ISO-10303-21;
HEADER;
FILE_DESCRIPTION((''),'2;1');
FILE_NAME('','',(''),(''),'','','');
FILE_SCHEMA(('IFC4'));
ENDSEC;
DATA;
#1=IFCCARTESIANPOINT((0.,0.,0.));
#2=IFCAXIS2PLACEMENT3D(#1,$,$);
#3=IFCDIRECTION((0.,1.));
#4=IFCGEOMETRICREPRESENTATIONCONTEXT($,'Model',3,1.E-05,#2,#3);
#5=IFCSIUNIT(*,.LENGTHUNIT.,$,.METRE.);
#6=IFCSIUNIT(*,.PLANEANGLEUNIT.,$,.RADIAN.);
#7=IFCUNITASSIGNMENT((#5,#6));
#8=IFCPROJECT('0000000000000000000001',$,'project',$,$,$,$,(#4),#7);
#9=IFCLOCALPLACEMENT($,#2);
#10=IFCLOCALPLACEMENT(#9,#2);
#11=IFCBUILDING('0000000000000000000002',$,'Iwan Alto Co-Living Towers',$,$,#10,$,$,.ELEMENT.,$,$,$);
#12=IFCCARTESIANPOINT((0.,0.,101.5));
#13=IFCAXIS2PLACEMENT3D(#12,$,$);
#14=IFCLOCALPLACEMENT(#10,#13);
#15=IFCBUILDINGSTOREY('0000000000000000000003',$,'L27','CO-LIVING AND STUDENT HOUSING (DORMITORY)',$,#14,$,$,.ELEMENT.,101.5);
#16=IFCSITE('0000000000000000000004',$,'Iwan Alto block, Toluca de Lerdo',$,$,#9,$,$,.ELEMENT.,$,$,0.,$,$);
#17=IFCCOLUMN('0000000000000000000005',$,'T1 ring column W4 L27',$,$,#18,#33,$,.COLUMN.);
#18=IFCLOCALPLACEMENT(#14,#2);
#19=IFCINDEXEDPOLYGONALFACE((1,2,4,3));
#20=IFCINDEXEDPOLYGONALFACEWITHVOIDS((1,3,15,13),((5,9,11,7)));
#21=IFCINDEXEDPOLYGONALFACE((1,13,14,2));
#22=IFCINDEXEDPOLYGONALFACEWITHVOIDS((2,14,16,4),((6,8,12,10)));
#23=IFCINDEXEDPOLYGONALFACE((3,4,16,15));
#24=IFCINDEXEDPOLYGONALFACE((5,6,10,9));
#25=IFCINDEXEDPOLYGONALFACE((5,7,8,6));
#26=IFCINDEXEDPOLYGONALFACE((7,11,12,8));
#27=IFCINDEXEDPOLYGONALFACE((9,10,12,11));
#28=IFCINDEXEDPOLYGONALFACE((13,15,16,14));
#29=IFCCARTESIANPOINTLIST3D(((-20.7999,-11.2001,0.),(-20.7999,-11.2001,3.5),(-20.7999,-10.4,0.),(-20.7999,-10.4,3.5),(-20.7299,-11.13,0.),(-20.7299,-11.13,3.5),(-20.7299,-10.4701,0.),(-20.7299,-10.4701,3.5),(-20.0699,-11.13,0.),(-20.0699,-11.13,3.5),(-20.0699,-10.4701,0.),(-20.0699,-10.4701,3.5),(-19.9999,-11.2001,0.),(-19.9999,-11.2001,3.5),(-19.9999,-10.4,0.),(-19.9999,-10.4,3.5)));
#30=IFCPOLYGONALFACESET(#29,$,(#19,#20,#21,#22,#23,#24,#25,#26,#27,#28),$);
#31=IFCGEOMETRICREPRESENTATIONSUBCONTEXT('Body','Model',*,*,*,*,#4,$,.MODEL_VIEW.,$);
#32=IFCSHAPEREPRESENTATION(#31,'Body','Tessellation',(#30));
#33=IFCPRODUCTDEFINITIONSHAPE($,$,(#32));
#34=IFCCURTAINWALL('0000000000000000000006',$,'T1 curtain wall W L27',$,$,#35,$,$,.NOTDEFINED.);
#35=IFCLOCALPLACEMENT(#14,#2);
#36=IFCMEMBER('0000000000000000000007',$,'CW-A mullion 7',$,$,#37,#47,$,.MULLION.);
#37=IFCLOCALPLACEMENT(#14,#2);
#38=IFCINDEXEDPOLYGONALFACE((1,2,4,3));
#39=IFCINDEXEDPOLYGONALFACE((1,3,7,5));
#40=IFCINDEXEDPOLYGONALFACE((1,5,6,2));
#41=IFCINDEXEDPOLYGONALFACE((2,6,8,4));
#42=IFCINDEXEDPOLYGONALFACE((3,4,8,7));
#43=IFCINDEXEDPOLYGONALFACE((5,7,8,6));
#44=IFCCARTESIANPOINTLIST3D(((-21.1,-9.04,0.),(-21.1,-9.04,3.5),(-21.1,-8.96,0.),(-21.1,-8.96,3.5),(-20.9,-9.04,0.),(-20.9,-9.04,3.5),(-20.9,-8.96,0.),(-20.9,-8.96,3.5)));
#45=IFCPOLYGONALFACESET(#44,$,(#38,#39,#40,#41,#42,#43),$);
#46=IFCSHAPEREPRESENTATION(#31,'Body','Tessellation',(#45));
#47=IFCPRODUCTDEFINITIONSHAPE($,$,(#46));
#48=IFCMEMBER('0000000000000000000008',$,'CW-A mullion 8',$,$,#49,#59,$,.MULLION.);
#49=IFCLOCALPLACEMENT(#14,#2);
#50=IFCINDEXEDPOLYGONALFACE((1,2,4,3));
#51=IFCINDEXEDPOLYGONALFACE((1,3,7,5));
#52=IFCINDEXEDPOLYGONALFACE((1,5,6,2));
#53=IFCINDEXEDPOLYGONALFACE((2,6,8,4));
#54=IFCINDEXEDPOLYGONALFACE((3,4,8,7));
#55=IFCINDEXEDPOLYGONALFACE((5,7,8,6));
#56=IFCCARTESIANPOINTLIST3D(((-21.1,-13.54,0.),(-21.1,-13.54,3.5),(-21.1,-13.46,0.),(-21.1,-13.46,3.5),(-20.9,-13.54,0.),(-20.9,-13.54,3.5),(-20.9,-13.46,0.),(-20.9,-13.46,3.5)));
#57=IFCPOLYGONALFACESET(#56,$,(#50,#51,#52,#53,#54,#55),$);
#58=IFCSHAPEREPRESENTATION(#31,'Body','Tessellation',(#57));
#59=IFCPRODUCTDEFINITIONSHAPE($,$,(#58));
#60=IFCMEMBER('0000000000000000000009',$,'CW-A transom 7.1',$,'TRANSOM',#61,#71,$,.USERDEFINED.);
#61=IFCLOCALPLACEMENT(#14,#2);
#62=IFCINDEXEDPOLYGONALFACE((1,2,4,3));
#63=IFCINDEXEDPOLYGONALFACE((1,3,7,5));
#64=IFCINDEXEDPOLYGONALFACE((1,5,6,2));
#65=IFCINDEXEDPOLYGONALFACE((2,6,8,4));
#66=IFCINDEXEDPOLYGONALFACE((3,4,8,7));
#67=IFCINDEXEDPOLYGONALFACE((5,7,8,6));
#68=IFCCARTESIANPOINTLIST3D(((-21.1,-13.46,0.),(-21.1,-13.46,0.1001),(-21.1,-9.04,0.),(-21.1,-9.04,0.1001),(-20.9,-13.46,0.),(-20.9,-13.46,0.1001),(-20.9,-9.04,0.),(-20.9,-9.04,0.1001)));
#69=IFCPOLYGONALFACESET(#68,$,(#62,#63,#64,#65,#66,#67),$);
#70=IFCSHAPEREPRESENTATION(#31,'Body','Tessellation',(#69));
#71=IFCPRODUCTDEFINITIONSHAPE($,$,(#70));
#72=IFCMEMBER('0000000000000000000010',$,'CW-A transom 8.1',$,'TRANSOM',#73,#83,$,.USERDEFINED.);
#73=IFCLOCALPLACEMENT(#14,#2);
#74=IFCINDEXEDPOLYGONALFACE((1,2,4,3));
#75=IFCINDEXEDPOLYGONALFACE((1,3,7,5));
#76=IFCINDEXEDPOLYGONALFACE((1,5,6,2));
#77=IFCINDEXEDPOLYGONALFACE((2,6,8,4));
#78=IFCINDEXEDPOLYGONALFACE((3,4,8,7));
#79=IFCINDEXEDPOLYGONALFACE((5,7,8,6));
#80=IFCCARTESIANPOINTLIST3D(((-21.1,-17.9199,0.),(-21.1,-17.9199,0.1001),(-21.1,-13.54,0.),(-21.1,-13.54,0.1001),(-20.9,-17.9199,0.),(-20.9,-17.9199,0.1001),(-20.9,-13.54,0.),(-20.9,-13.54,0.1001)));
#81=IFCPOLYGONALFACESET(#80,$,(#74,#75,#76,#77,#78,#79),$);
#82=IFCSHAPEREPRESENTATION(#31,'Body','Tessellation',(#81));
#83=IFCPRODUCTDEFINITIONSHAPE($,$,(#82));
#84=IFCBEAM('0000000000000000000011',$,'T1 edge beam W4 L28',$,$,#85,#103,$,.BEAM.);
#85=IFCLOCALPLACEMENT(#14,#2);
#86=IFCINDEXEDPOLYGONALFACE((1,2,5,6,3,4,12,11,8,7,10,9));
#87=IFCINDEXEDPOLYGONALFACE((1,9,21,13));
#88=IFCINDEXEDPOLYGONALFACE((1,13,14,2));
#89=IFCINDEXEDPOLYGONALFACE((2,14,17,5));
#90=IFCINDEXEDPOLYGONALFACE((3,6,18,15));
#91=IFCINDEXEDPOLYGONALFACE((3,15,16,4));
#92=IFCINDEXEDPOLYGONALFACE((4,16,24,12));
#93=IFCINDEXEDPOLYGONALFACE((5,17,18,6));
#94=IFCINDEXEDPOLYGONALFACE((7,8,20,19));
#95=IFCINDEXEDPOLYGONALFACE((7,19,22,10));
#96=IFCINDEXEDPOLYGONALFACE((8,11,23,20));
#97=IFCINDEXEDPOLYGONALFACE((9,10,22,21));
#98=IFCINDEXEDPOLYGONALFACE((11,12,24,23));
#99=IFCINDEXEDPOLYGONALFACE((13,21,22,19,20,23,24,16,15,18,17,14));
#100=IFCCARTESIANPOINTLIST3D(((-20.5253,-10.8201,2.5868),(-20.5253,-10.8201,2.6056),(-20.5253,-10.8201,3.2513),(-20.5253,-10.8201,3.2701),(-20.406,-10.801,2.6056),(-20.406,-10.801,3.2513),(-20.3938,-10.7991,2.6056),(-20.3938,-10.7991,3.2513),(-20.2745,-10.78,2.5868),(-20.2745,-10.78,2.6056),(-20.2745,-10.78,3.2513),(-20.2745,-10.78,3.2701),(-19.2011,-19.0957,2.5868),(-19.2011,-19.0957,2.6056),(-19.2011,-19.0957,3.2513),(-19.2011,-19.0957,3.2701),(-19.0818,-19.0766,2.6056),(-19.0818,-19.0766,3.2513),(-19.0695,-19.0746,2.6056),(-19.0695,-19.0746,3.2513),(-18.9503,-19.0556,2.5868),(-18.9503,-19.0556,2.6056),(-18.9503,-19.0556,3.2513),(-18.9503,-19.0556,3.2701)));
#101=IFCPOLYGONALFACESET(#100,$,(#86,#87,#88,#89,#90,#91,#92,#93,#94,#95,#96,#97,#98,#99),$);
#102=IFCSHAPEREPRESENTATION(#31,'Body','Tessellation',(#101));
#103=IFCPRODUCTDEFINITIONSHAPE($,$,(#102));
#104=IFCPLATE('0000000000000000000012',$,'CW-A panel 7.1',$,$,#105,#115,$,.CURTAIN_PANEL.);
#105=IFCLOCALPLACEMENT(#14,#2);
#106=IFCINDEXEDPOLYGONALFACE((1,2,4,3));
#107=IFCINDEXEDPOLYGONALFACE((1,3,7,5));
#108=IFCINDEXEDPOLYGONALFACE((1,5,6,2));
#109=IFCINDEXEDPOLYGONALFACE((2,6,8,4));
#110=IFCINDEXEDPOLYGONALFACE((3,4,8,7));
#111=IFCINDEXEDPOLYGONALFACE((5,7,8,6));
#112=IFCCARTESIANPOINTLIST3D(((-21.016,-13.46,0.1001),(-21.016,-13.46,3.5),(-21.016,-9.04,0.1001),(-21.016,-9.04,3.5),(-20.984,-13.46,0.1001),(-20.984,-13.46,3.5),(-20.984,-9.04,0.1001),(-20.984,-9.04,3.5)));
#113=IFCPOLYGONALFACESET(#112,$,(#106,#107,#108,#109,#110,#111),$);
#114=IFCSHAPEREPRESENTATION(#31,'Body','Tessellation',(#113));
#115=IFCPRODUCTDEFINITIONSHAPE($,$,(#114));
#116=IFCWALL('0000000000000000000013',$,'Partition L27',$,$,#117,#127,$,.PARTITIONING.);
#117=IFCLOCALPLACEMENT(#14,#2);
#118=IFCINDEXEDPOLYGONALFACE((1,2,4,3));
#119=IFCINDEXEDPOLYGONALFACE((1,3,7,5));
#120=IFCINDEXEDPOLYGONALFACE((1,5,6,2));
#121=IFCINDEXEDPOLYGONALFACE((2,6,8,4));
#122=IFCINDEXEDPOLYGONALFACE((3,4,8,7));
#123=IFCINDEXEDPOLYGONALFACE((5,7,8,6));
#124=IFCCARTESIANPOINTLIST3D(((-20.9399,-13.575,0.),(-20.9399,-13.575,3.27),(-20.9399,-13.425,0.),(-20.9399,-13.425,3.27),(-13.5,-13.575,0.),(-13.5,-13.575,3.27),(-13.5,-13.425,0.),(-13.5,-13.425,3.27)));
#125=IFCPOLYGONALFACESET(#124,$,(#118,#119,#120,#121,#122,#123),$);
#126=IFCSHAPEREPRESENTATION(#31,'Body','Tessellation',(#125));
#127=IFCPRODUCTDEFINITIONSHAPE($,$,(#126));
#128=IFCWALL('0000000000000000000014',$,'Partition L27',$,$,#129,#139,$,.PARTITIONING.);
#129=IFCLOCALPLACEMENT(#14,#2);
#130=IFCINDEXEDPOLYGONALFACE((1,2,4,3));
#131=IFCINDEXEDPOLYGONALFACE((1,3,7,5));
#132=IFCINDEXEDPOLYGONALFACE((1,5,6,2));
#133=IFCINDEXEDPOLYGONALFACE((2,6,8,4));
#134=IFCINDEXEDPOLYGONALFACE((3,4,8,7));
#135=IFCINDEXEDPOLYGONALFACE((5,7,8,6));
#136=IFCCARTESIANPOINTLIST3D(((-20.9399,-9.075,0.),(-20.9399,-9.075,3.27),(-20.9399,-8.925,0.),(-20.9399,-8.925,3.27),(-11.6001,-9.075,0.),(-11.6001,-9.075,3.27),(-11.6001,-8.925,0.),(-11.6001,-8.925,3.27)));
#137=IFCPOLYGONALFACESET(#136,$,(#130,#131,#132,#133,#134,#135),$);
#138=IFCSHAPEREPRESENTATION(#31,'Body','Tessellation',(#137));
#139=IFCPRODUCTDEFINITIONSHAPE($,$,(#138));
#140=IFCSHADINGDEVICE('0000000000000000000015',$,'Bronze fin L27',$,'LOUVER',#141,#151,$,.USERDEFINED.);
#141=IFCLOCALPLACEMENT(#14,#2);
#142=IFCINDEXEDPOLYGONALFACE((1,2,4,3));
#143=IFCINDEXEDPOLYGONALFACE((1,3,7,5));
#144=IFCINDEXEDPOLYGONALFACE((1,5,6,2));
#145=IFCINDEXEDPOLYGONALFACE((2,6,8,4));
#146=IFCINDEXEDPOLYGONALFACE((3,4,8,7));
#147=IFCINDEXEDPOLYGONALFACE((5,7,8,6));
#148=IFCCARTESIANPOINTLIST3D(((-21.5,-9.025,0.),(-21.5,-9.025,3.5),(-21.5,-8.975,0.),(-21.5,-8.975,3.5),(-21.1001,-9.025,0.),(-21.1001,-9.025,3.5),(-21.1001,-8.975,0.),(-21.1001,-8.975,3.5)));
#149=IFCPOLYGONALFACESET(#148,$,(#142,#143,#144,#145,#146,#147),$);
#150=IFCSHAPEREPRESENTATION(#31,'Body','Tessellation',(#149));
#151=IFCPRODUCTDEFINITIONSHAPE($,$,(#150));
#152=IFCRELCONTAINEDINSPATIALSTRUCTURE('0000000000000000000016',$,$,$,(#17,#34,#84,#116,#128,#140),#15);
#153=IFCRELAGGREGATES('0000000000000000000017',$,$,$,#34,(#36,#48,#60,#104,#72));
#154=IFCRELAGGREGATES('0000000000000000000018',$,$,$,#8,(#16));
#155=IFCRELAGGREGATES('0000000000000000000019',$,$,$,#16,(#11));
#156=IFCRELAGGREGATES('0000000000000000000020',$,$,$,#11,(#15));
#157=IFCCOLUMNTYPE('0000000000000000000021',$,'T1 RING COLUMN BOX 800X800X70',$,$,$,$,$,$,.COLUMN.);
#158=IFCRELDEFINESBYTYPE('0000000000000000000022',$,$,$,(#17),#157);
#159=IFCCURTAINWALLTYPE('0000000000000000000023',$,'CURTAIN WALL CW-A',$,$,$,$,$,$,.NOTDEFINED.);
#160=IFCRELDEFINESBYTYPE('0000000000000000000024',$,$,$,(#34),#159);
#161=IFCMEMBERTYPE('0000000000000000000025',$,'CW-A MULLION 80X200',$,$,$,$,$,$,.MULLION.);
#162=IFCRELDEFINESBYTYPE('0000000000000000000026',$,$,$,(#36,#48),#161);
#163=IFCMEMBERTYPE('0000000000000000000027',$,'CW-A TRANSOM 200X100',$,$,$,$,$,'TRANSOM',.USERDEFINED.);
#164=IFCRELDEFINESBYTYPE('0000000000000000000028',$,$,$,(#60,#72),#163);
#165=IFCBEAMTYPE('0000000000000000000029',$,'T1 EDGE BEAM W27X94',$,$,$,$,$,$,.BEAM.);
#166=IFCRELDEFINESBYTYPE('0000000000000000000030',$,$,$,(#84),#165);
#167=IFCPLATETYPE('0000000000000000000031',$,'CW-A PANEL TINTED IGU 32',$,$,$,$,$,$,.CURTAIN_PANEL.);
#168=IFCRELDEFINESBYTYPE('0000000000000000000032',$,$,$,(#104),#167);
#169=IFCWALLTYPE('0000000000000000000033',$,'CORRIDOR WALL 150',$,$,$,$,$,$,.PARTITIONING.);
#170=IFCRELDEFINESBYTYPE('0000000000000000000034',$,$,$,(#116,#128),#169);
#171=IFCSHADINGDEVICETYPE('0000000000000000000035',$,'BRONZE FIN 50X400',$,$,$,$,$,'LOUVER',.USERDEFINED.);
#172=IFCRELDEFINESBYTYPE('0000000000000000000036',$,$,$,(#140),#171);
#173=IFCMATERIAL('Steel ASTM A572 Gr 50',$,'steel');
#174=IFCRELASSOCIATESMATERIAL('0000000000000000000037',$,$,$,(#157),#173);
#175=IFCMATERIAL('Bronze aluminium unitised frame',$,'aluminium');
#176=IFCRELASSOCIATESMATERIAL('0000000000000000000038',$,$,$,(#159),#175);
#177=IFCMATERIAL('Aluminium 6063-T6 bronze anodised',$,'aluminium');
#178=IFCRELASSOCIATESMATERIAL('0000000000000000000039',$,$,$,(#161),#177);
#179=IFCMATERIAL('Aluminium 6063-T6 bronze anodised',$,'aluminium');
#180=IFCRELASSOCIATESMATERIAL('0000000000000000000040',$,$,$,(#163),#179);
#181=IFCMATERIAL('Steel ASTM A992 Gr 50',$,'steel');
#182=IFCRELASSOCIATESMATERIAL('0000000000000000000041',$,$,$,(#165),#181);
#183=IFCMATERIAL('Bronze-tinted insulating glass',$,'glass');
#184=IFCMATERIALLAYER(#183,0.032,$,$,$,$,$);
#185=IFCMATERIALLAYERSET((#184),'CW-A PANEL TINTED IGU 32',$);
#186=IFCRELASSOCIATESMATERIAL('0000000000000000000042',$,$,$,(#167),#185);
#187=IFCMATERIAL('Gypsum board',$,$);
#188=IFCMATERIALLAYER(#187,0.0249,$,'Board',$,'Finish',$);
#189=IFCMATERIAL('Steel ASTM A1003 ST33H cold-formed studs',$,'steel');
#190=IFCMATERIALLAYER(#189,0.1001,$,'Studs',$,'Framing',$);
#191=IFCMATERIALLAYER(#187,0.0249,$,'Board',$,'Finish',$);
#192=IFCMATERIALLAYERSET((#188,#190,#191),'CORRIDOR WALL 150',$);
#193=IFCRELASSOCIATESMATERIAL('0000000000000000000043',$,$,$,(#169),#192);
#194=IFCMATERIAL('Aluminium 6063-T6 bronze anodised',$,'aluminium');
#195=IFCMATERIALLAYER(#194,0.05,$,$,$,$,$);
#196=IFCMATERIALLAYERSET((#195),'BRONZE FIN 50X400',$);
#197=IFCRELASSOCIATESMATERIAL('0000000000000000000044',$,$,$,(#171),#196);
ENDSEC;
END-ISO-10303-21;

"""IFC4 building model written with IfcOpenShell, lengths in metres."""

from ifc_helpers import new_model, si_unit, direction, frame, frame_2d, origin, origin_2d, place, context, subcontext, project, spatial, rectangle, hollow_rectangle, i_section, extrude, material, layer, layer_set, material_profile, profile_set, type_object, element, aggregate, save


model = new_model("IFC4")

# Units and contexts
model_context = context("Model", 3, precision=1e-05, world=origin(), true_north=direction((0.0, 1.0)))
body_context = subcontext(model_context, "Body", "Model", "MODEL_VIEW")
ifc_project = project(units=[si_unit("LENGTHUNIT", "METRE"), si_unit("PLANEANGLEUNIT", "RADIAN")], contexts=[model_context])

# Site, building, storey
site_placement = place(None, origin())
site = spatial("IfcSite", under=ifc_project, at=site_placement, Name="Iwan Alto block, Toluca de Lerdo", CompositionType="ELEMENT", RefElevation=0.0)
building_placement = place(site_placement, origin())
building = spatial("IfcBuilding", under=site, at=building_placement, Name="Iwan Alto Co-Living Towers", CompositionType="ELEMENT")
storey_placement = place(building_placement, frame((0.0, 0.0, 101.5)))
storey = spatial("IfcBuildingStorey", under=building, at=storey_placement, Name="L27", Description="CO-LIVING AND STUDENT HOUSING (DORMITORY)", CompositionType="ELEMENT", Elevation=101.5)

# Column
ifc_material_1 = material(Name="Steel ASTM A572 Gr 50", Category="steel")
ifc_material_profile_1 = material_profile(ifc_material_1, hollow_rectangle(XDim=0.8, YDim=0.8, WallThickness=0.0701, at=origin_2d()), Name="BOX 800X800X70")
ifc_profile_set_1 = profile_set([ifc_material_profile_1], Name="Steel ASTM A572 Gr 50")
column_type = type_object("IfcColumnType", Name="T1 RING COLUMN BOX 800X800X70", PredefinedType="COLUMN", material=ifc_profile_set_1)
column_placement = place(storey_placement, frame((-20.3999, -10.8, 0.0), z_axis=(0.0, 0.0, 1.0), x_axis=(1.0, 0.0, 0.0)))
element("IfcColumn", 1, at=column_placement, inside=storey, type_object=column_type, Name="T1 ring column W4 L27", PredefinedType="COLUMN", context=body_context, shape_type="SweptSolid", body=[
    extrude(hollow_rectangle(XDim=0.8, YDim=0.8, WallThickness=0.0701, at=origin_2d()), origin(), (0.0, 0.0, 1.0), 3.5),
])

# Curtain wall, members
ifc_material_2 = material(Name="Bronze aluminium unitised frame", Category="aluminium")
curtain_wall_type = type_object("IfcCurtainWallType", Name="CURTAIN WALL CW-A", PredefinedType="NOTDEFINED", material=ifc_material_2)
curtain_wall_placement = place(storey_placement, origin())
curtain_wall = element("IfcCurtainWall", 2, at=curtain_wall_placement, inside=storey, type_object=curtain_wall_type, Name="T1 curtain wall W L27", PredefinedType="NOTDEFINED")
ifc_material_3 = material(Name="Aluminium 6063-T6 bronze anodised", Category="aluminium")
ifc_material_profile_2 = material_profile(ifc_material_3, rectangle(XDim=0.2, YDim=0.0801, at=origin_2d()), Name="AL 80X200")
ifc_profile_set_2 = profile_set([ifc_material_profile_2], Name="Aluminium 6063-T6 bronze anodised")
member_type_1 = type_object("IfcMemberType", Name="CW-A MULLION 80X200", PredefinedType="MULLION", material=ifc_profile_set_2)
member_1_placement = place(storey_placement, frame((-21.0, -9.0, 0.0), z_axis=(0.0, 0.0, 1.0), x_axis=(1.0, 0.0, 0.0)))
member_1 = element("IfcMember", 3, at=member_1_placement, type_object=member_type_1, Name="CW-A mullion 7", PredefinedType="MULLION", context=body_context, shape_type="SweptSolid", body=[
    extrude(rectangle(XDim=0.2, YDim=0.0801, at=origin_2d()), origin(), (0.0, 0.0, 1.0), 3.5),
])
member_2_placement = place(storey_placement, frame((-21.0, -13.5, 0.0), z_axis=(0.0, 0.0, 1.0), x_axis=(1.0, 0.0, 0.0)))
member_2 = element("IfcMember", 4, at=member_2_placement, type_object=member_type_1, Name="CW-A mullion 8", PredefinedType="MULLION", context=body_context, shape_type="SweptSolid", body=[
    extrude(rectangle(XDim=0.2, YDim=0.0801, at=origin_2d()), origin(), (0.0, 0.0, 1.0), 3.5),
])
ifc_material_4 = material(Name="Aluminium 6063-T6 bronze anodised", Category="aluminium")
ifc_material_profile_3 = material_profile(ifc_material_4, rectangle(XDim=0.2, YDim=0.1001, at=origin_2d()), Name="AL 200X100")
ifc_profile_set_3 = profile_set([ifc_material_profile_3], Name="Aluminium 6063-T6 bronze anodised")
member_type_2 = type_object("IfcMemberType", Name="CW-A TRANSOM 200X100", ElementType="TRANSOM", PredefinedType="USERDEFINED", material=ifc_profile_set_3)
member_3_placement = place(storey_placement, frame((-21.0, -9.04, 0.05), z_axis=(0.0, -1.0, 0.0), x_axis=(1.0, 0.0, 0.0)))
member_3 = element("IfcMember", 5, at=member_3_placement, type_object=member_type_2, Name="CW-A transom 7.1", ObjectType="TRANSOM", PredefinedType="USERDEFINED", context=body_context, shape_type="SweptSolid", body=[
    extrude(rectangle(XDim=0.2, YDim=0.1001, at=origin_2d()), origin(), (0.0, 0.0, 1.0), 4.4199),
])
member_4_placement = place(storey_placement, frame((-21.0, -13.54, 0.05), z_axis=(0.0, -1.0, 0.0), x_axis=(1.0, 0.0, 0.0)))
member_4 = element("IfcMember", 6, at=member_4_placement, type_object=member_type_2, Name="CW-A transom 8.1", ObjectType="TRANSOM", PredefinedType="USERDEFINED", context=body_context, shape_type="SweptSolid", body=[
    extrude(rectangle(XDim=0.2, YDim=0.1001, at=origin_2d()), origin(), (0.0, 0.0, 1.0), 4.3799),
])

# Beam
ifc_material_5 = material(Name="Steel ASTM A992 Gr 50", Category="steel")
ifc_material_profile_4 = material_profile(ifc_material_5, i_section(OverallWidth=0.2539, OverallDepth=0.6833, WebThickness=0.0125, FlangeThickness=0.0188, at=origin_2d()), Name="W27X94")
ifc_profile_set_4 = profile_set([ifc_material_profile_4], Name="Steel ASTM A992 Gr 50")
beam_type = type_object("IfcBeamType", Name="T1 EDGE BEAM W27X94", PredefinedType="BEAM", material=ifc_profile_set_4)
beam_placement = place(storey_placement, frame((-20.3999, -10.8, 2.9285), z_axis=(0.158004, -0.987438, 0.0), x_axis=(0.987438, 0.158004, 0.0)))
element("IfcBeam", 7, at=beam_placement, inside=storey, type_object=beam_type, Name="T1 edge beam W4 L28", PredefinedType="BEAM", context=body_context, shape_type="SweptSolid", body=[
    extrude(i_section(OverallWidth=0.2539, OverallDepth=0.6833, WebThickness=0.0125, FlangeThickness=0.0188, at=origin_2d()), origin(), (0.0, 0.0, 1.0), 8.3809),
])

# Plate
ifc_material_6 = material(Name="Bronze-tinted insulating glass", Category="glass")
ifc_layer_1 = layer(ifc_material_6, 0.032)
ifc_layer_set_1 = layer_set([ifc_layer_1], Name="CW-A PANEL TINTED IGU 32")
plate_type = type_object("IfcPlateType", Name="CW-A PANEL TINTED IGU 32", PredefinedType="CURTAIN_PANEL", material=ifc_layer_set_1)
plate_placement = place(storey_placement, frame((-21.0, -11.25, 0.1001), z_axis=(0.0, 0.0, 1.0), x_axis=(0.0, -1.0, 0.0)))
plate = element("IfcPlate", 8, at=plate_placement, type_object=plate_type, Name="CW-A panel 7.1", PredefinedType="CURTAIN_PANEL", context=body_context, shape_type="SweptSolid", body=[
    extrude(rectangle(XDim=4.4199, YDim=0.032, at=origin_2d()), origin(), (0.0, 0.0, 1.0), 3.3999),
])
aggregate(curtain_wall, [member_1, member_2, member_3, plate, member_4])

# Walls
ifc_material_7 = material(Name="Gypsum board")
ifc_layer_2 = layer(ifc_material_7, 0.0249, Name="Board", Category="Finish")
ifc_material_8 = material(Name="Steel ASTM A1003 ST33H cold-formed studs", Category="steel")
ifc_layer_3 = layer(ifc_material_8, 0.1001, Name="Studs", Category="Framing")
ifc_layer_4 = layer(ifc_material_7, 0.0249, Name="Board", Category="Finish")
ifc_layer_set_2 = layer_set([ifc_layer_2, ifc_layer_3, ifc_layer_4], Name="CORRIDOR WALL 150")
wall_type = type_object("IfcWallType", Name="CORRIDOR WALL 150", PredefinedType="PARTITIONING", material=ifc_layer_set_2)
wall_1_placement = place(storey_placement, frame((-20.9399, -13.5, 0.0), z_axis=(0.0, 0.0, 1.0), x_axis=(1.0, 0.0, 0.0)))
element("IfcWall", 9, at=wall_1_placement, inside=storey, type_object=wall_type, Name="Partition L27", PredefinedType="PARTITIONING", context=body_context, shape_type="SweptSolid", body=[
    extrude(rectangle(XDim=7.4399, YDim=0.1499, at=frame_2d((3.72, 0.0))), origin(), (0.0, 0.0, 1.0), 3.27),
])
wall_2_placement = place(storey_placement, frame((-20.9399, -9.0, 0.0), z_axis=(0.0, 0.0, 1.0), x_axis=(1.0, 0.0, 0.0)))
element("IfcWall", 10, at=wall_2_placement, inside=storey, type_object=wall_type, Name="Partition L27", PredefinedType="PARTITIONING", context=body_context, shape_type="SweptSolid", body=[
    extrude(rectangle(XDim=9.3398, YDim=0.1499, at=frame_2d((4.6699, 0.0))), origin(), (0.0, 0.0, 1.0), 3.27),
])

# Shading device
ifc_material_9 = material(Name="Aluminium 6063-T6 bronze anodised", Category="aluminium")
ifc_layer_5 = layer(ifc_material_9, 0.05)
ifc_layer_set_3 = layer_set([ifc_layer_5], Name="BRONZE FIN 50X400")
shading_device_type = type_object("IfcShadingDeviceType", Name="BRONZE FIN 50X400", ElementType="LOUVER", PredefinedType="USERDEFINED", material=ifc_layer_set_3)
shading_device_placement = place(storey_placement, frame((-21.3, -9.0, 0.0), z_axis=(0.0, 0.0, 1.0), x_axis=(0.0, -1.0, 0.0)))
element("IfcShadingDevice", 11, at=shading_device_placement, inside=storey, type_object=shading_device_type, Name="Bronze fin L27", ObjectType="LOUVER", PredefinedType="USERDEFINED", context=body_context, shape_type="SweptSolid", body=[
    extrude(rectangle(XDim=0.05, YDim=0.3999, at=origin_2d()), origin(), (0.0, 0.0, 1.0), 3.5),
])

save(model, "model.ifc")
